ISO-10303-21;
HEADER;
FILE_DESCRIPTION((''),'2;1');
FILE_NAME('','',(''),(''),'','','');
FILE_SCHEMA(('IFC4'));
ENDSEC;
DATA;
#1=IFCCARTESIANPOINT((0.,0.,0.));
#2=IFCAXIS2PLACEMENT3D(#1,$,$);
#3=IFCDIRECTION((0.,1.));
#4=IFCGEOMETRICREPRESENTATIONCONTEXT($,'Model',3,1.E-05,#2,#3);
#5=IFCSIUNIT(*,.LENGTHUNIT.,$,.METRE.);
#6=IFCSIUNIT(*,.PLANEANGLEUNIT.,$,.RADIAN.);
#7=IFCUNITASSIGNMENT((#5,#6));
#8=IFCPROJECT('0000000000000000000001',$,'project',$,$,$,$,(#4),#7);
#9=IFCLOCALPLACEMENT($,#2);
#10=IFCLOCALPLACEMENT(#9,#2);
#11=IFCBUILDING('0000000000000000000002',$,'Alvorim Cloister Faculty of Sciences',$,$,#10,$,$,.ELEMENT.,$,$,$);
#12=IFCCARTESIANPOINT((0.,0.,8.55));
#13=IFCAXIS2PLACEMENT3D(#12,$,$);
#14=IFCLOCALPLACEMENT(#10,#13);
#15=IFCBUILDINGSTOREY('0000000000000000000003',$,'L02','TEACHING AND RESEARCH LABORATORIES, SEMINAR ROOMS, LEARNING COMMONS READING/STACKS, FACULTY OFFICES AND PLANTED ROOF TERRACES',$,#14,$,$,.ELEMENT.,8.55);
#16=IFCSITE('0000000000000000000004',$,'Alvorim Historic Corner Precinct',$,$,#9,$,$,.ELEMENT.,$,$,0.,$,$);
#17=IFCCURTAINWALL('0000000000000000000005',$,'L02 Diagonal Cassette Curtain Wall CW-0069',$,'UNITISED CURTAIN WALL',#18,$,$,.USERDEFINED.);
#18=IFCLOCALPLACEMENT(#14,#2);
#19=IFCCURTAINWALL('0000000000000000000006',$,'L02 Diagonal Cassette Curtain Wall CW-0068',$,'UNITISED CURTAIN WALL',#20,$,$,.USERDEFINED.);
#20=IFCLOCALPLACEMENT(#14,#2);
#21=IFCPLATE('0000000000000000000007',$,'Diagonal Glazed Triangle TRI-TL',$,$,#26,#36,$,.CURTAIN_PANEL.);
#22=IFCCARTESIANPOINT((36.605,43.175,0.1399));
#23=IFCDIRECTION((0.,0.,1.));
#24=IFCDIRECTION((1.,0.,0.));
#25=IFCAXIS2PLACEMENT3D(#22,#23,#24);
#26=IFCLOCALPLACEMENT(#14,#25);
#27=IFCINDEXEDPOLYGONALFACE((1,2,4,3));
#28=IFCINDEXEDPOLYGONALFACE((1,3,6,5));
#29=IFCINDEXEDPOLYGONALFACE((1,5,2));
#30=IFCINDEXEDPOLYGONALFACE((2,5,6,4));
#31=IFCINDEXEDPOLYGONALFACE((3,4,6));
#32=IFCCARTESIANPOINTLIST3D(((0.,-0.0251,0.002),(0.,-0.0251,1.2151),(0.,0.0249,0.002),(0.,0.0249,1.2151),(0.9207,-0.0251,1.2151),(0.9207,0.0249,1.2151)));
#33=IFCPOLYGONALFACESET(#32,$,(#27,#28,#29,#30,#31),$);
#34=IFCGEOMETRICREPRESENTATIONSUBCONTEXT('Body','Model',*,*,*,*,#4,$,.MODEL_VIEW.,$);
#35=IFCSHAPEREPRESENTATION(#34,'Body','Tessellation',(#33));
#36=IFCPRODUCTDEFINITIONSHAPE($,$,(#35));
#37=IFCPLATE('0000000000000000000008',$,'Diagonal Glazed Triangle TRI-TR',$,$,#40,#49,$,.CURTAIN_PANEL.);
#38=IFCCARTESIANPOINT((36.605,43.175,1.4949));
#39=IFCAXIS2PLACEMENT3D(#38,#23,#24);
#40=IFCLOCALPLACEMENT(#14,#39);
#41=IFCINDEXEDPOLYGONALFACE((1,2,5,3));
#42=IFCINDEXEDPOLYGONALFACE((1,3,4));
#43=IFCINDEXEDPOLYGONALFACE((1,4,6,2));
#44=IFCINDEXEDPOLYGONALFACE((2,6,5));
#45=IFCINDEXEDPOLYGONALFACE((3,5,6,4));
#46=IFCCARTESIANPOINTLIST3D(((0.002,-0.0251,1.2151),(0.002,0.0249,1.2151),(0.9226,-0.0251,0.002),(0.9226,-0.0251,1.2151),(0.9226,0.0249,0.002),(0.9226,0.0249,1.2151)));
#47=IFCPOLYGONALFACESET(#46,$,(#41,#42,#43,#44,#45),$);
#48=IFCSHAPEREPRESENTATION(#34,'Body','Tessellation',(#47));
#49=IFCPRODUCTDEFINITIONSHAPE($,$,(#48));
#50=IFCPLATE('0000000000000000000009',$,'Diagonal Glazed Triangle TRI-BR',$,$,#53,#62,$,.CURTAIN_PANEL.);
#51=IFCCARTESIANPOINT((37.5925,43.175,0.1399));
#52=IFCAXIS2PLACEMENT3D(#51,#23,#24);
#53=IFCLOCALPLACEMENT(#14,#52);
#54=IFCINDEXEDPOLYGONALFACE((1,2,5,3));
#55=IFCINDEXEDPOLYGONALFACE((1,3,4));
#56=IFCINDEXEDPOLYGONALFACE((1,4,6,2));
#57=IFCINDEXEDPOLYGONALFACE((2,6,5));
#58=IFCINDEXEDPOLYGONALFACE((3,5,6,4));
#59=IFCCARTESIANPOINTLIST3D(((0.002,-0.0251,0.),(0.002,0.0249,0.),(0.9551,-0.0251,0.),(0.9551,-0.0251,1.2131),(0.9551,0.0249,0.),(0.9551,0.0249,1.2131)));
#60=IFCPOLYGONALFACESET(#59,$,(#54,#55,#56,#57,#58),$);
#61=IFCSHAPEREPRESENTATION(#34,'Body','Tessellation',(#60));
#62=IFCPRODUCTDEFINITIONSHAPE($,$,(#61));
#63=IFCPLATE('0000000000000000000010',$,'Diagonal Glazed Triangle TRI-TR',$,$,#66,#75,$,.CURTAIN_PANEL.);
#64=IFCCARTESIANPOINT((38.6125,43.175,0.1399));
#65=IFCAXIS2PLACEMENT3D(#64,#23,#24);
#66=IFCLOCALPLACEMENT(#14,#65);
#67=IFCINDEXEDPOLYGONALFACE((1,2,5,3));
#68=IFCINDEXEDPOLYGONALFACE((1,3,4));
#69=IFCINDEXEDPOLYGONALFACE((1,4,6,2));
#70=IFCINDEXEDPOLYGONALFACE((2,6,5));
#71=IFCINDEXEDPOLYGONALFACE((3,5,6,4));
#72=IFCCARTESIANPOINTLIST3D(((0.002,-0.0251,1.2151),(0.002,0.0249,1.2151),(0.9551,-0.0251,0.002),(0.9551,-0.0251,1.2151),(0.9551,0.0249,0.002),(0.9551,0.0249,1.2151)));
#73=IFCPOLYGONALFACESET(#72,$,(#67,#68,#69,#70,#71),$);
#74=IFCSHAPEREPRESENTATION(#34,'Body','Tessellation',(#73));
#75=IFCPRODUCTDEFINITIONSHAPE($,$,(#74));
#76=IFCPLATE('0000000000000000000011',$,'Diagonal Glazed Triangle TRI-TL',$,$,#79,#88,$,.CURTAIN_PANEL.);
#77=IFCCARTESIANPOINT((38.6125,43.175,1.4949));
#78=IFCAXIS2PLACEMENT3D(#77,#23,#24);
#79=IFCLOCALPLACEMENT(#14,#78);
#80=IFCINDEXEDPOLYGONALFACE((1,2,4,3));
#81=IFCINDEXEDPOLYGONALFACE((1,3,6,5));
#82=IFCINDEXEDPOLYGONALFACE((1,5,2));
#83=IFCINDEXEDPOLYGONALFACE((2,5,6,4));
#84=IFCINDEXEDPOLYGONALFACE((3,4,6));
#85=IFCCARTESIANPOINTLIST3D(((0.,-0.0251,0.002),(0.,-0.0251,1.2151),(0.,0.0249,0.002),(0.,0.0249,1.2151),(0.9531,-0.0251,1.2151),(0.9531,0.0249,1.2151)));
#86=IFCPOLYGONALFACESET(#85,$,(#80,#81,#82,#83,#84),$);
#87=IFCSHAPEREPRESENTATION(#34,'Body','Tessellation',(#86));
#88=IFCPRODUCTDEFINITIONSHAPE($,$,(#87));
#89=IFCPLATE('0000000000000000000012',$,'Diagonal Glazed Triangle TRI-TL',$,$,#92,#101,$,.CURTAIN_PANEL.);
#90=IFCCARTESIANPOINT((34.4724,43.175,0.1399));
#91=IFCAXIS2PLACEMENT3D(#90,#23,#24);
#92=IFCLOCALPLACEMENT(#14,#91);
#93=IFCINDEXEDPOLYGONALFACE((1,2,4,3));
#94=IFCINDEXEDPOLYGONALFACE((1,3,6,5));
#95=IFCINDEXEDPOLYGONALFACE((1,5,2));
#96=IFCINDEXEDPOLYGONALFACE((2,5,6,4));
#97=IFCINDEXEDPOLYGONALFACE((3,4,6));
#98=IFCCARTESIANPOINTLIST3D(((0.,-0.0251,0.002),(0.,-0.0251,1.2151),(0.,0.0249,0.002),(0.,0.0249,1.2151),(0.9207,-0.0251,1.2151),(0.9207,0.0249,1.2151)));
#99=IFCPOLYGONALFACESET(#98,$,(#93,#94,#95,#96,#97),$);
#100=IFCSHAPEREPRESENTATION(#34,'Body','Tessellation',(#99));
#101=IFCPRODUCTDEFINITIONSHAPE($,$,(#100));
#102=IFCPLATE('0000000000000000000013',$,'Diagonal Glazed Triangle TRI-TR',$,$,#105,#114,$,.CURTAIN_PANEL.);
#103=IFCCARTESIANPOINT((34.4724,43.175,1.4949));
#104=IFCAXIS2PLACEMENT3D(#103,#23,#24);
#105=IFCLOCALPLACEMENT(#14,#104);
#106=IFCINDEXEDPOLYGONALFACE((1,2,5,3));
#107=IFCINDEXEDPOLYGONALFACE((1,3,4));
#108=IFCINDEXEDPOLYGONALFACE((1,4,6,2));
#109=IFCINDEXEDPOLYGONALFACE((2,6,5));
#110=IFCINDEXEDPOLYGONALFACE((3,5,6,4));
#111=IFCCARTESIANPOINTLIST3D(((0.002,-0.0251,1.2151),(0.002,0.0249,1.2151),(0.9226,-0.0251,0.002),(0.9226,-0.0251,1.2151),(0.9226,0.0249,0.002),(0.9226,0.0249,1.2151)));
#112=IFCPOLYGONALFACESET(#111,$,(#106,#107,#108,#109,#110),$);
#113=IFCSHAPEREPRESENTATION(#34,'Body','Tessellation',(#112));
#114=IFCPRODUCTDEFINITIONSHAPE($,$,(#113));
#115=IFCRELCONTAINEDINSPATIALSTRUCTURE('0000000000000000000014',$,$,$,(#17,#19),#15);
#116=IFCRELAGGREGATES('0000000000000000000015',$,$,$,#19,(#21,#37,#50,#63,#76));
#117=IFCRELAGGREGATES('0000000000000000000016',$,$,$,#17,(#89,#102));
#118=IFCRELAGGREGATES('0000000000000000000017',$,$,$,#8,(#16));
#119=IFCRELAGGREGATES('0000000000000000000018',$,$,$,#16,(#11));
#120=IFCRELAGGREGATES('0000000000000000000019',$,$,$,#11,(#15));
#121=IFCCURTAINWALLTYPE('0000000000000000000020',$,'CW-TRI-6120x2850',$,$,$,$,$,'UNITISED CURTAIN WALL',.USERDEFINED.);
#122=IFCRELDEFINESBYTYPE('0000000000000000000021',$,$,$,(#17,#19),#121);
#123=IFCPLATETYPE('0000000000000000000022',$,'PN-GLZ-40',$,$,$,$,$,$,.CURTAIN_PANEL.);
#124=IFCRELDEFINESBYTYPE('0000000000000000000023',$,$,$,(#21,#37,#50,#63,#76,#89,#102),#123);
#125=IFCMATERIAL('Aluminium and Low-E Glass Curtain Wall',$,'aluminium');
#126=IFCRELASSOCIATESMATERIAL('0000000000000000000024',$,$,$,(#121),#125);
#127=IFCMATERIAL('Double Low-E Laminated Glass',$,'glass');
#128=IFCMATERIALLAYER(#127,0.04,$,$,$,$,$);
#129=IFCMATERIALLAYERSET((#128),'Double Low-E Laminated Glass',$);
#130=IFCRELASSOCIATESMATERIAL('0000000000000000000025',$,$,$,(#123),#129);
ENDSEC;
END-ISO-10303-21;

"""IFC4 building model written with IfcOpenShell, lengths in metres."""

from ifc_helpers import new_model, si_unit, direction, frame, origin, place, context, subcontext, project, spatial, polyline, outline, extrude, material, layer, layer_set, type_object, element, aggregate, save


model = new_model("IFC4")

# Units and contexts
model_context = context("Model", 3, precision=1e-05, world=origin(), true_north=direction((0.0, 1.0)))
body_context = subcontext(model_context, "Body", "Model", "MODEL_VIEW")
ifc_project = project(units=[si_unit("LENGTHUNIT", "METRE"), si_unit("PLANEANGLEUNIT", "RADIAN")], contexts=[model_context])

# Site, building, storey
site_placement = place(None, origin())
site = spatial("IfcSite", under=ifc_project, at=site_placement, Name="Alvorim Historic Corner Precinct", CompositionType="ELEMENT", RefElevation=0.0)
building_placement = place(site_placement, origin())
building = spatial("IfcBuilding", under=site, at=building_placement, Name="Alvorim Cloister Faculty of Sciences", CompositionType="ELEMENT")
storey_placement = place(building_placement, frame((0.0, 0.0, 8.55)))
storey = spatial("IfcBuildingStorey", under=building, at=storey_placement, Name="L02", Description="TEACHING AND RESEARCH LABORATORIES, SEMINAR ROOMS, LEARNING COMMONS READING/STACKS, FACULTY OFFICES AND PLANTED ROOF TERRACES", CompositionType="ELEMENT", Elevation=8.55)

# Curtain wall
ifc_material_1 = material(Name="Aluminium and Low-E Glass Curtain Wall", Category="aluminium")
curtain_wall_type = type_object("IfcCurtainWallType", Name="CW-TRI-6120x2850", ElementType="UNITISED CURTAIN WALL", PredefinedType="USERDEFINED", material=ifc_material_1)
curtain_wall_1_placement = place(storey_placement, origin())
curtain_wall_1 = element("IfcCurtainWall", 1, at=curtain_wall_1_placement, inside=storey, type_object=curtain_wall_type, Name="L02 Diagonal Cassette Curtain Wall CW-0069", ObjectType="UNITISED CURTAIN WALL", PredefinedType="USERDEFINED")

# Curtain wall, plates
curtain_wall_2_placement = place(storey_placement, origin())
curtain_wall_2 = element("IfcCurtainWall", 2, at=curtain_wall_2_placement, inside=storey, type_object=curtain_wall_type, Name="L02 Diagonal Cassette Curtain Wall CW-0068", ObjectType="UNITISED CURTAIN WALL", PredefinedType="USERDEFINED")
ifc_material_2 = material(Name="Double Low-E Laminated Glass", Category="glass")
ifc_layer_1 = layer(ifc_material_2, 0.04)
ifc_layer_set_1 = layer_set([ifc_layer_1], Name="Double Low-E Laminated Glass")
plate_type = type_object("IfcPlateType", Name="PN-GLZ-40", PredefinedType="CURTAIN_PANEL", material=ifc_layer_set_1)
plate_1_placement = place(storey_placement, frame((36.605, 43.175, 0.1399), z_axis=(0.0, 0.0, 1.0), x_axis=(1.0, 0.0, 0.0)))
plate_1 = element("IfcPlate", 3, at=plate_1_placement, type_object=plate_type, Name="Diagonal Glazed Triangle TRI-TL", PredefinedType="CURTAIN_PANEL", context=body_context, shape_type="SweptSolid", body=[
    extrude(outline(polyline([(0.9207, 1.2151), (0.0, 1.2151), (0.0, 0.002), (0.9207, 1.2151)])), frame((0.0, 0.0249, 0.0), z_axis=(0.0, -1.0, 0.0), x_axis=(1.0, 0.0, 0.0)), (0.0, 0.0, 1.0), 0.05),
])
plate_2_placement = place(storey_placement, frame((36.605, 43.175, 1.4949), z_axis=(0.0, 0.0, 1.0), x_axis=(1.0, 0.0, 0.0)))
plate_2 = element("IfcPlate", 4, at=plate_2_placement, type_object=plate_type, Name="Diagonal Glazed Triangle TRI-TR", PredefinedType="CURTAIN_PANEL", context=body_context, shape_type="SweptSolid", body=[
    extrude(outline(polyline([(0.9226, 0.002), (0.9226, 1.2151), (0.002, 1.2151), (0.9226, 0.002)])), frame((0.0, 0.0249, 0.0), z_axis=(0.0, -1.0, 0.0), x_axis=(1.0, 0.0, 0.0)), (0.0, 0.0, 1.0), 0.05),
])
plate_3_placement = place(storey_placement, frame((37.5925, 43.175, 0.1399), z_axis=(0.0, 0.0, 1.0), x_axis=(1.0, 0.0, 0.0)))
plate_3 = element("IfcPlate", 5, at=plate_3_placement, type_object=plate_type, Name="Diagonal Glazed Triangle TRI-BR", PredefinedType="CURTAIN_PANEL", context=body_context, shape_type="SweptSolid", body=[
    extrude(outline(polyline([(0.002, 0.0), (0.9551, 0.0), (0.9551, 1.2131), (0.002, 0.0)])), frame((0.0, 0.0249, 0.0), z_axis=(0.0, -1.0, 0.0), x_axis=(1.0, 0.0, 0.0)), (0.0, 0.0, 1.0), 0.05),
])
plate_4_placement = place(storey_placement, frame((38.6125, 43.175, 0.1399), z_axis=(0.0, 0.0, 1.0), x_axis=(1.0, 0.0, 0.0)))
plate_4 = element("IfcPlate", 6, at=plate_4_placement, type_object=plate_type, Name="Diagonal Glazed Triangle TRI-TR", PredefinedType="CURTAIN_PANEL", context=body_context, shape_type="SweptSolid", body=[
    extrude(outline(polyline([(0.9551, 0.002), (0.9551, 1.2151), (0.002, 1.2151), (0.9551, 0.002)])), frame((0.0, 0.0249, 0.0), z_axis=(0.0, -1.0, 0.0), x_axis=(1.0, 0.0, 0.0)), (0.0, 0.0, 1.0), 0.05),
])
plate_5_placement = place(storey_placement, frame((38.6125, 43.175, 1.4949), z_axis=(0.0, 0.0, 1.0), x_axis=(1.0, 0.0, 0.0)))
plate_5 = element("IfcPlate", 7, at=plate_5_placement, type_object=plate_type, Name="Diagonal Glazed Triangle TRI-TL", PredefinedType="CURTAIN_PANEL", context=body_context, shape_type="SweptSolid", body=[
    extrude(outline(polyline([(0.9531, 1.2151), (0.0, 1.2151), (0.0, 0.002), (0.9531, 1.2151)])), frame((0.0, 0.0249, 0.0), z_axis=(0.0, -1.0, 0.0), x_axis=(1.0, 0.0, 0.0)), (0.0, 0.0, 1.0), 0.05),
])
aggregate(curtain_wall_2, [plate_1, plate_2, plate_3, plate_4, plate_5])

# Plates
plate_6_placement = place(storey_placement, frame((34.4724, 43.175, 0.1399), z_axis=(0.0, 0.0, 1.0), x_axis=(1.0, 0.0, 0.0)))
plate_6 = element("IfcPlate", 8, at=plate_6_placement, type_object=plate_type, Name="Diagonal Glazed Triangle TRI-TL", PredefinedType="CURTAIN_PANEL", context=body_context, shape_type="SweptSolid", body=[
    extrude(outline(polyline([(0.9207, 1.2151), (0.0, 1.2151), (0.0, 0.002), (0.9207, 1.2151)])), frame((0.0, 0.0249, 0.0), z_axis=(0.0, -1.0, 0.0), x_axis=(1.0, 0.0, 0.0)), (0.0, 0.0, 1.0), 0.05),
])
plate_7_placement = place(storey_placement, frame((34.4724, 43.175, 1.4949), z_axis=(0.0, 0.0, 1.0), x_axis=(1.0, 0.0, 0.0)))
plate_7 = element("IfcPlate", 9, at=plate_7_placement, type_object=plate_type, Name="Diagonal Glazed Triangle TRI-TR", PredefinedType="CURTAIN_PANEL", context=body_context, shape_type="SweptSolid", body=[
    extrude(outline(polyline([(0.9226, 0.002), (0.9226, 1.2151), (0.002, 1.2151), (0.9226, 0.002)])), frame((0.0, 0.0249, 0.0), z_axis=(0.0, -1.0, 0.0), x_axis=(1.0, 0.0, 0.0)), (0.0, 0.0, 1.0), 0.05),
])
aggregate(curtain_wall_1, [plate_6, plate_7])

save(model, "model.ifc")
